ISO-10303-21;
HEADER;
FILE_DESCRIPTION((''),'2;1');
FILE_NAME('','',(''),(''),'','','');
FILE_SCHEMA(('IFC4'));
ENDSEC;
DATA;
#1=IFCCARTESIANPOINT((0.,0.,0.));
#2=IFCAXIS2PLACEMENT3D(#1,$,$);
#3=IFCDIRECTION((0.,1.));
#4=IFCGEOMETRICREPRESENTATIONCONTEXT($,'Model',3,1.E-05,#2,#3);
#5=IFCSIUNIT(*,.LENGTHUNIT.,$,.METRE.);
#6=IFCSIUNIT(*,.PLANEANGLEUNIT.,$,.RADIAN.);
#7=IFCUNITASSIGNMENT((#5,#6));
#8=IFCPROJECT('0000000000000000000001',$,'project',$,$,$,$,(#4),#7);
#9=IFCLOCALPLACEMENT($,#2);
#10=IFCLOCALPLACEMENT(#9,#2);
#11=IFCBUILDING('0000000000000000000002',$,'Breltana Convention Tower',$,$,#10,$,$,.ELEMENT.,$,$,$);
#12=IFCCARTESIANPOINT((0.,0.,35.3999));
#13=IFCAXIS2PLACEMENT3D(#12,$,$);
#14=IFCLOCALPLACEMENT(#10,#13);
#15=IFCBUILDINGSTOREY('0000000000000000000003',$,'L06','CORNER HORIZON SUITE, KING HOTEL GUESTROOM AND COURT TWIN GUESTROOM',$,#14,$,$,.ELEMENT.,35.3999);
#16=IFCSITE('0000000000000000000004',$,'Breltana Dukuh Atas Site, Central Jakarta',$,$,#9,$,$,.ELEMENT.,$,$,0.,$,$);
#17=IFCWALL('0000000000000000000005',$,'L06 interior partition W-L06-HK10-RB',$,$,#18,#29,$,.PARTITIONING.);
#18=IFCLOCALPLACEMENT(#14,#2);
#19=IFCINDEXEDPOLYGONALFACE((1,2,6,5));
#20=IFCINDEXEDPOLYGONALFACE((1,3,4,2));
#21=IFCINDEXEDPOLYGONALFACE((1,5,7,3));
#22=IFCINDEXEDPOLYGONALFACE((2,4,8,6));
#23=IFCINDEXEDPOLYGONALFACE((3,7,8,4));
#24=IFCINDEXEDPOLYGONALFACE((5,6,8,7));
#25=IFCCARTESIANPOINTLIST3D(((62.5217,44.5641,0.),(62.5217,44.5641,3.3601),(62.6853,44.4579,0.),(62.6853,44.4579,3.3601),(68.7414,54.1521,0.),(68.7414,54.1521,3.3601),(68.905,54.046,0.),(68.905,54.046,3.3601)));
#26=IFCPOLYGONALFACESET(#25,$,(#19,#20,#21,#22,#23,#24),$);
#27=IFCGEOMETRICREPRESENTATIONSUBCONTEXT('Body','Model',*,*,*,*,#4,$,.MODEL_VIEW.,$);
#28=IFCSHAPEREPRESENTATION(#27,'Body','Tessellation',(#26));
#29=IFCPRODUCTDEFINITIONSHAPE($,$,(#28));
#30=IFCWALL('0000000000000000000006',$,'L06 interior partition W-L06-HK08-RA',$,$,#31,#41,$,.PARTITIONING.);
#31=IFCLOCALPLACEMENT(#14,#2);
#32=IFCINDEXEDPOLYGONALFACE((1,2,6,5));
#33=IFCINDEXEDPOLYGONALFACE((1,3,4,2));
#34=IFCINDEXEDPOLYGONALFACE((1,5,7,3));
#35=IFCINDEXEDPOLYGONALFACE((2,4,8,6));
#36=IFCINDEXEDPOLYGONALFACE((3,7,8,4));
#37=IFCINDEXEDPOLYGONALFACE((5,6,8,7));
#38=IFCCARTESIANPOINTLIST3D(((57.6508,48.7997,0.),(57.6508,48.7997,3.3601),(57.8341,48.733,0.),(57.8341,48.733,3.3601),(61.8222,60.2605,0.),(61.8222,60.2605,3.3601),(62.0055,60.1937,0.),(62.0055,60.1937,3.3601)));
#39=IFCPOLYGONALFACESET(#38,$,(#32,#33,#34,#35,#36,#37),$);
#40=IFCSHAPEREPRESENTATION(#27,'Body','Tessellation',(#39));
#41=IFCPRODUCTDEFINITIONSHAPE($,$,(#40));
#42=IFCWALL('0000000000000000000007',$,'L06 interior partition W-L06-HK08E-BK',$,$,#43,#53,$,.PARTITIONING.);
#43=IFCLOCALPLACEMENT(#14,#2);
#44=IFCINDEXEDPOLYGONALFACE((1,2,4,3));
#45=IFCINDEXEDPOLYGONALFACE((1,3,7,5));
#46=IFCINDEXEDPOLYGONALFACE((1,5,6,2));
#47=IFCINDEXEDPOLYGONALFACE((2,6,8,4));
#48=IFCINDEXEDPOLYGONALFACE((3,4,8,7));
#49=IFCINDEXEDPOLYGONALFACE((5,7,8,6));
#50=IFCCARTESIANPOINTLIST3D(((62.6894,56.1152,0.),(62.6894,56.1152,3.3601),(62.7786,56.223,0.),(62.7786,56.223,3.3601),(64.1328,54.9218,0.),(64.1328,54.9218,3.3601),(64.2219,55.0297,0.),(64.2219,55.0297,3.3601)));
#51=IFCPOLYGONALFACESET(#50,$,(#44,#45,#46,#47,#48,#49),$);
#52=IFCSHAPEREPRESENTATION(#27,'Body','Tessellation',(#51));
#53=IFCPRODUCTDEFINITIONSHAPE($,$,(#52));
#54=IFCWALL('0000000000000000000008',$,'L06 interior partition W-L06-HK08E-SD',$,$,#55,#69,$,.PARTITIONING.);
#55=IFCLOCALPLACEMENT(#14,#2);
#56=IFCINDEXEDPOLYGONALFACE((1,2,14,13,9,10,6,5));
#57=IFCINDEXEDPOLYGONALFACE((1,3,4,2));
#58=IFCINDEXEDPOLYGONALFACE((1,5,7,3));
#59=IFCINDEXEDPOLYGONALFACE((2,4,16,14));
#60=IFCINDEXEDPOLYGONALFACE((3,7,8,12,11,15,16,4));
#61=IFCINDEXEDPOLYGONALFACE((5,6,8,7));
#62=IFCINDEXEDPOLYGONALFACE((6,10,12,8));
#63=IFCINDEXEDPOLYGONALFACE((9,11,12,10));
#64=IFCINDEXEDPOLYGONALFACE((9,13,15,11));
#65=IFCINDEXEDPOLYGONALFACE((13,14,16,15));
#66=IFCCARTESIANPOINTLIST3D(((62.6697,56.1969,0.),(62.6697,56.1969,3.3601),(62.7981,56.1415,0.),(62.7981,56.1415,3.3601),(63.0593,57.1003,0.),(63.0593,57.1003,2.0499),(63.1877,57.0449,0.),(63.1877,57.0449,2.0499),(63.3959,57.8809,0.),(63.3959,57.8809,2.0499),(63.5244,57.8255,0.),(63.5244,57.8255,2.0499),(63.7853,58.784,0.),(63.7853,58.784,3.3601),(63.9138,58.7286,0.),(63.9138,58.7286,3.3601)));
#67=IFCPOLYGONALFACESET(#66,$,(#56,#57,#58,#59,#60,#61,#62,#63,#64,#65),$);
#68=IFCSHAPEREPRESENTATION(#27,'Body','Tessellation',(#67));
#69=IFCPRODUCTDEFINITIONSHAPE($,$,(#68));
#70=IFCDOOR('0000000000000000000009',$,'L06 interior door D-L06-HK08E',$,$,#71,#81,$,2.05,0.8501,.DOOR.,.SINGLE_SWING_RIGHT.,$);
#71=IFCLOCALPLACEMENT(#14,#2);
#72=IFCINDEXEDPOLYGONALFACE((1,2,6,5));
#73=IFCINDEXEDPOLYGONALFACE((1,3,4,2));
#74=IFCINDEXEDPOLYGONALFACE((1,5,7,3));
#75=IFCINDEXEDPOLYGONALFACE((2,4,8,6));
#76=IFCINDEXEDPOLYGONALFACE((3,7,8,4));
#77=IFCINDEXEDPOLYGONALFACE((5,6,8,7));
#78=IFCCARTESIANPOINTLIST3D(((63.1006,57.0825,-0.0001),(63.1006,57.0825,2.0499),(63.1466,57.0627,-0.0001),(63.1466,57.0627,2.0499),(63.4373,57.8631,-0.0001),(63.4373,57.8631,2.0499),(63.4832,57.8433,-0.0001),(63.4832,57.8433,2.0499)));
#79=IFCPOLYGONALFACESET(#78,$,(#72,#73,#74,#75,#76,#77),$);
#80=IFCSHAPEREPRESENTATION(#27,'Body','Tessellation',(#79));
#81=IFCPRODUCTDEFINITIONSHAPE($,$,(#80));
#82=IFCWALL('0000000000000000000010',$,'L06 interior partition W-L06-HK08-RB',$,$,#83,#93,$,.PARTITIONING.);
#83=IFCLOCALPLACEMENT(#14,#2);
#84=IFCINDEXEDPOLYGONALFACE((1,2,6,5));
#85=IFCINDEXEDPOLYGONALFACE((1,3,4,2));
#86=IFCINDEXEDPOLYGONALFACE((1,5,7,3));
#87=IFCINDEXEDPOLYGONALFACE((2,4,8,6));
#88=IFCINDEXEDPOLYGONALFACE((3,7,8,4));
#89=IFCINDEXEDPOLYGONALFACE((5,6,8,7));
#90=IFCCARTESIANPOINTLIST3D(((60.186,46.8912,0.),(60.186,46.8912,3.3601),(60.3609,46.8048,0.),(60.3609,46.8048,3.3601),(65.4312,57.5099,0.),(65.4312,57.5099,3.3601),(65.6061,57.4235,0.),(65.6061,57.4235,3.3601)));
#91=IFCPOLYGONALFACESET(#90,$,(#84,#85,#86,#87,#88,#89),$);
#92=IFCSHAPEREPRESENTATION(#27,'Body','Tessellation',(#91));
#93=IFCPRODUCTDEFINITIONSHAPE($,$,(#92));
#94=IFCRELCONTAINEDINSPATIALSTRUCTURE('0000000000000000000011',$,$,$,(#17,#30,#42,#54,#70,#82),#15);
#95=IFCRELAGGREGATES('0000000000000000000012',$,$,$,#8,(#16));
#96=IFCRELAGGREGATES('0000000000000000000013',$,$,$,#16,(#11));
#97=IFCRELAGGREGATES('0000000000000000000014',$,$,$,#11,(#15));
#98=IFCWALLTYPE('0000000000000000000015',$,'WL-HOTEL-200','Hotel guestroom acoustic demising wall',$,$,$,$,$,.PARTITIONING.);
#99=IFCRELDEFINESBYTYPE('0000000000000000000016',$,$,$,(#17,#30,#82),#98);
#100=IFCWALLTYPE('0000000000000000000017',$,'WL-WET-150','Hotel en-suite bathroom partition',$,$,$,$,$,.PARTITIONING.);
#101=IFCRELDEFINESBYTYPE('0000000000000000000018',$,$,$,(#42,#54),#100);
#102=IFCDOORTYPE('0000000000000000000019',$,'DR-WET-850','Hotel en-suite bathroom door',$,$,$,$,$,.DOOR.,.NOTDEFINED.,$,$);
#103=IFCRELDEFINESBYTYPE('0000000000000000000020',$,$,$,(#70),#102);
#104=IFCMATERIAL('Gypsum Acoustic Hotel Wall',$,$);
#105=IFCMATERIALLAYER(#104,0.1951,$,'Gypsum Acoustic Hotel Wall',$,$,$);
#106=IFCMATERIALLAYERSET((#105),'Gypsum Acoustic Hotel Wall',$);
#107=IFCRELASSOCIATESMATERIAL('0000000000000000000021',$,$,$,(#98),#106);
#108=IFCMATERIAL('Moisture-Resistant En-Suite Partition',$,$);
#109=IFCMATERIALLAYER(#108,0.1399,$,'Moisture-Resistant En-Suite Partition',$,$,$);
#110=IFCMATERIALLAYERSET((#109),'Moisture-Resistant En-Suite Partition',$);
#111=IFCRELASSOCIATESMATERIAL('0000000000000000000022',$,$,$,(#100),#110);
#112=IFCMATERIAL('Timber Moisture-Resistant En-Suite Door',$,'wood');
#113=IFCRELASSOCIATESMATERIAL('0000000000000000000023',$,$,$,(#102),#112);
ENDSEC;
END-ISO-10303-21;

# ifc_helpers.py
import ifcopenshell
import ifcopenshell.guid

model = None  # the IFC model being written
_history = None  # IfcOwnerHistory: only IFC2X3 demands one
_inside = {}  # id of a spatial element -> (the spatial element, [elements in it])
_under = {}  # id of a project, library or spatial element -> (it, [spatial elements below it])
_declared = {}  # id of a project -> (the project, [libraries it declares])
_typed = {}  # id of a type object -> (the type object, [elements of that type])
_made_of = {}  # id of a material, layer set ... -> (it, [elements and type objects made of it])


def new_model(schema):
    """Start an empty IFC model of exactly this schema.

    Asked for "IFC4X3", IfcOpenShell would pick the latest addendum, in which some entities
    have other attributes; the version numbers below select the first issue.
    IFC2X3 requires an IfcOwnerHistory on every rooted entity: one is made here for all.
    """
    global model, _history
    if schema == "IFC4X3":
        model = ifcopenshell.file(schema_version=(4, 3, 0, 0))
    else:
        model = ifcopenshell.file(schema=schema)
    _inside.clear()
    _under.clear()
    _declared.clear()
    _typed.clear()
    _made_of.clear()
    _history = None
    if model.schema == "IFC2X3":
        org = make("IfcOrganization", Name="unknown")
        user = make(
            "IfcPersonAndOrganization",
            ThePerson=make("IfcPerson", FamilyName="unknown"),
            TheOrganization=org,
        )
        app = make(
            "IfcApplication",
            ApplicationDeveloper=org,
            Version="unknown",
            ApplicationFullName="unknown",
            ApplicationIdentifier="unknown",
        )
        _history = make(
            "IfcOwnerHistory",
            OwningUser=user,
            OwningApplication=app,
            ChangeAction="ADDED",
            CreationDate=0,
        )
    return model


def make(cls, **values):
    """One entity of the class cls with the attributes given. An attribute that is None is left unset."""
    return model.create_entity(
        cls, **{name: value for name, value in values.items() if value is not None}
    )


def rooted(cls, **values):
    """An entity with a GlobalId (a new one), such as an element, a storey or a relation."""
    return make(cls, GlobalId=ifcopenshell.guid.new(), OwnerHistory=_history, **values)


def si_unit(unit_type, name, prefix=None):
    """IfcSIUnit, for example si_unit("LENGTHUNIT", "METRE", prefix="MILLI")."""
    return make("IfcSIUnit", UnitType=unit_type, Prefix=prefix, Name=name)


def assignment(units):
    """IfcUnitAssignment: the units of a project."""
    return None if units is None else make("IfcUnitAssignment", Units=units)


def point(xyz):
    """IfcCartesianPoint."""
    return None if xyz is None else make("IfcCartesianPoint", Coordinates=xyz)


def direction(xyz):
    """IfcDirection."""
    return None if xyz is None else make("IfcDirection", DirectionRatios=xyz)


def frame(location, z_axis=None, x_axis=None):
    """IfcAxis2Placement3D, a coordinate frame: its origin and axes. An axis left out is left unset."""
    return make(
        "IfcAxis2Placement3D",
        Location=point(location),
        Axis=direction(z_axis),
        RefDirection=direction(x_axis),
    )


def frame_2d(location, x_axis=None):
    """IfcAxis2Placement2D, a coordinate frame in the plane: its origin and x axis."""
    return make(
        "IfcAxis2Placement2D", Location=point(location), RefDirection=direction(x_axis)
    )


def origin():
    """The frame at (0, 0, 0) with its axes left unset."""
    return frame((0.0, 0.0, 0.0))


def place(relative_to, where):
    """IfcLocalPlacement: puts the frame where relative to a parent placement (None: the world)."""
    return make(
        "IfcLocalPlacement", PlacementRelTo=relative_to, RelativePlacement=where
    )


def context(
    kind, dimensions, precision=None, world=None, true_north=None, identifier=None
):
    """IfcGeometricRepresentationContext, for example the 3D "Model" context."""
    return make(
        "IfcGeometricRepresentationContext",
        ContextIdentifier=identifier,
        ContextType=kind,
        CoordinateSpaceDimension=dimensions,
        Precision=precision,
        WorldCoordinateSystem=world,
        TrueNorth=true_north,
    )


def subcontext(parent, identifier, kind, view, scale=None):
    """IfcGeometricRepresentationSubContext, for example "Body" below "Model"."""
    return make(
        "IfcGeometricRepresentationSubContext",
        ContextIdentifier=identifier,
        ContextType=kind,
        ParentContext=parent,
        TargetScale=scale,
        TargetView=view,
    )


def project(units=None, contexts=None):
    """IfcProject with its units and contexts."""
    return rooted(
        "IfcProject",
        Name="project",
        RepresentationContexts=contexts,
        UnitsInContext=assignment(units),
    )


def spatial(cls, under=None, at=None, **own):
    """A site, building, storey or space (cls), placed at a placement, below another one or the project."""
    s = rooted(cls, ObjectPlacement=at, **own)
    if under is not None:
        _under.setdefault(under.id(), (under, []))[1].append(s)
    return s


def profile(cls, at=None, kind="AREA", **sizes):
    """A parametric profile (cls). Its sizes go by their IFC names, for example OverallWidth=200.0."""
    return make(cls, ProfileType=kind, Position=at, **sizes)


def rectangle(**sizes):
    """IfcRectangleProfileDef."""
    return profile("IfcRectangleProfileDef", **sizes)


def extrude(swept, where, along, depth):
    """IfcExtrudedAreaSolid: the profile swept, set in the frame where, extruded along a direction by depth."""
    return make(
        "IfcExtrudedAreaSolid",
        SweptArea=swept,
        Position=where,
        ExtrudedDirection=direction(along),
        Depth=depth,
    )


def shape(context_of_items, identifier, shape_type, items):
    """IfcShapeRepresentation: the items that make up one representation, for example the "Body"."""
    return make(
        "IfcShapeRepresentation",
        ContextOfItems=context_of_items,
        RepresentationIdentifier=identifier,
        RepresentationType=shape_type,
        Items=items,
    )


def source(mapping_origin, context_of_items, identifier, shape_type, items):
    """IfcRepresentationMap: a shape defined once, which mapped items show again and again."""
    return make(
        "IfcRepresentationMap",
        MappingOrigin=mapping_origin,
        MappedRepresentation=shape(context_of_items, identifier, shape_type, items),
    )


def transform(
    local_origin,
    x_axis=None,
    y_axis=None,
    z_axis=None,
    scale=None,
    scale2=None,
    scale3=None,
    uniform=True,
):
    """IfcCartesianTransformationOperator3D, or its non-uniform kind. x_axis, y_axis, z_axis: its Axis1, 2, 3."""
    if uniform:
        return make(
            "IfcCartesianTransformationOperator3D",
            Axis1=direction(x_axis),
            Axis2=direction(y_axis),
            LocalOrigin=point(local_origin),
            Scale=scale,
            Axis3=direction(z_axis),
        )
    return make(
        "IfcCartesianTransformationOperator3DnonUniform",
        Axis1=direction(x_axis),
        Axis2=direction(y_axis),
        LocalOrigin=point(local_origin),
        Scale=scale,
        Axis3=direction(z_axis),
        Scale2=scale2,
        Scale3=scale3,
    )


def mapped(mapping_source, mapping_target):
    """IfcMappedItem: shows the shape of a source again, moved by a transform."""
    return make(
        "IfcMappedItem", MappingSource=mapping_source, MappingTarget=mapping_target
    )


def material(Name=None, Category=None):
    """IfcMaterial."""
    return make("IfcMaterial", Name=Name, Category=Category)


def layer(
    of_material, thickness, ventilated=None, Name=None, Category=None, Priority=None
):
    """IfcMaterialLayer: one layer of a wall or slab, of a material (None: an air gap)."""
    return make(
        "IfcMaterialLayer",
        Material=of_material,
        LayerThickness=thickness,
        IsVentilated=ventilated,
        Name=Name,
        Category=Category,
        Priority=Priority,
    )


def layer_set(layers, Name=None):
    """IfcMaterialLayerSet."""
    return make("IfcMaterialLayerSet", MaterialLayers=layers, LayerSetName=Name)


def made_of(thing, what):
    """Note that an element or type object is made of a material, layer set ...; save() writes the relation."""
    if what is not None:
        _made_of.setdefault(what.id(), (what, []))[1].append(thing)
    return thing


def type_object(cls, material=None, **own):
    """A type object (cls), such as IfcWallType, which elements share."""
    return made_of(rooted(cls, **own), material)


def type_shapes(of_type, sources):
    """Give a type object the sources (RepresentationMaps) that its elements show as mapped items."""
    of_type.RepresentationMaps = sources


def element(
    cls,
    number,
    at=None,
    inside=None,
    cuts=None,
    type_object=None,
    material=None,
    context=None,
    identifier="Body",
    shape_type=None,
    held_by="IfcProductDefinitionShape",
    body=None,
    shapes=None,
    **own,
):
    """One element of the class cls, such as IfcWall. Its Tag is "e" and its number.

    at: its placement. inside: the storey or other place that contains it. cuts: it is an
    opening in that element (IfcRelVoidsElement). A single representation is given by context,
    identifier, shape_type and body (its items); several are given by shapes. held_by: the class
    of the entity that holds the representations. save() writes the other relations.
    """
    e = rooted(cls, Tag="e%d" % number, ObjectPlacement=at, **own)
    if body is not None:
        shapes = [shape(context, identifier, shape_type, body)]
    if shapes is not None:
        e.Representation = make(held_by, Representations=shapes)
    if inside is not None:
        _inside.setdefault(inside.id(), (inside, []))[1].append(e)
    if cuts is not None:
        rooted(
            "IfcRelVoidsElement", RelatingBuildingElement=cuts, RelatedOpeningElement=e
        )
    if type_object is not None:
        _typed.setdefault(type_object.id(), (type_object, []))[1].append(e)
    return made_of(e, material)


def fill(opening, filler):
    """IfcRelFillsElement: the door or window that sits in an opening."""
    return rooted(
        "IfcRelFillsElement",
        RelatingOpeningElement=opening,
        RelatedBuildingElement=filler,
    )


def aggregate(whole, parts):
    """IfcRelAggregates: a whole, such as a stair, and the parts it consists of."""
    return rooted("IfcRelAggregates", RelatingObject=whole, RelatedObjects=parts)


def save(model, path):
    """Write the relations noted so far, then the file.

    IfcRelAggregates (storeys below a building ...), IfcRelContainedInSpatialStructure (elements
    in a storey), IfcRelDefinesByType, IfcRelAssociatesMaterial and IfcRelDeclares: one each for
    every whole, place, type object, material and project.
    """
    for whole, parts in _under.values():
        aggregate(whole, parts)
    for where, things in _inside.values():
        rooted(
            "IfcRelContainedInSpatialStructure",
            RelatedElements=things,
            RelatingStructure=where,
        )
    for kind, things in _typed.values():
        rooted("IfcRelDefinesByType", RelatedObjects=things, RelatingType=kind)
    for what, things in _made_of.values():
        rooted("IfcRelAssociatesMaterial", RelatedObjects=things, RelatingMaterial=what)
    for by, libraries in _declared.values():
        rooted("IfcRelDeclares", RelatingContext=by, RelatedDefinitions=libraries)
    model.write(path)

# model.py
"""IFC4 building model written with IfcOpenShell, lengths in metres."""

from ifc_helpers import new_model, si_unit, direction, frame, frame_2d, origin, place, context, subcontext, project, spatial, rectangle, extrude, source, transform, mapped, material, layer, layer_set, type_object, type_shapes, element, fill, save


model = new_model("IFC4")

# Units and contexts
model_context = context("Model", 3, precision=1e-05, world=origin(), true_north=direction((0.0, 1.0)))
body_context = subcontext(model_context, "Body", "Model", "MODEL_VIEW")
ifc_project = project(units=[si_unit("LENGTHUNIT", "METRE"), si_unit("PLANEANGLEUNIT", "RADIAN")], contexts=[model_context])

# Site, building, storey
site_placement = place(None, origin())
site = spatial("IfcSite", under=ifc_project, at=site_placement, Name="Breltana Dukuh Atas Site, Central Jakarta", CompositionType="ELEMENT", RefElevation=0.0)
building_placement = place(site_placement, origin())
building = spatial("IfcBuilding", under=site, at=building_placement, Name="Breltana Convention Tower", CompositionType="ELEMENT")
storey_placement = place(building_placement, frame((0.0, 0.0, 35.3999)))
storey = spatial("IfcBuildingStorey", under=building, at=storey_placement, Name="L06", Description="CORNER HORIZON SUITE, KING HOTEL GUESTROOM AND COURT TWIN GUESTROOM", CompositionType="ELEMENT", Elevation=35.3999)

# Walls
ifc_material_1 = material(Name="Gypsum Acoustic Hotel Wall")
ifc_layer_1 = layer(ifc_material_1, 0.1951, Name="Gypsum Acoustic Hotel Wall")
ifc_layer_set_1 = layer_set([ifc_layer_1], Name="Gypsum Acoustic Hotel Wall")
wall_type_1 = type_object("IfcWallType", Name="WL-HOTEL-200", Description="Hotel guestroom acoustic demising wall", PredefinedType="PARTITIONING", material=ifc_layer_set_1)
shared_shape_1 = source(origin(), body_context, "Body", "SweptSolid", [
    extrude(rectangle(XDim=11.4287, YDim=0.1951, at=frame_2d((5.7144, 0.0))), origin(), (0.0, 0.0, 1.0), 3.3601),
])
wall_1_placement = place(storey_placement, frame((62.6035, 44.511, 0.0), z_axis=(0.0, 0.0, 1.0), x_axis=(0.544215, 0.838945, 0.0)))
element("IfcWall", 1, at=wall_1_placement, inside=storey, type_object=wall_type_1, Name="L06 interior partition W-L06-HK10-RB", PredefinedType="PARTITIONING", context=body_context, shape_type="MappedRepresentation", body=[
    mapped(shared_shape_1, transform((0.0, 0.0, 0.0), scale=1.0)),
])
shared_shape_2 = source(origin(), body_context, "Body", "SweptSolid", [
    extrude(rectangle(XDim=12.1963, YDim=0.1951, at=frame_2d((6.0981, 0.0))), origin(), (0.0, 0.0, 1.0), 3.3601),
])
wall_2_placement = place(storey_placement, frame((57.7424, 48.7664, 0.0), z_axis=(0.0, 0.0, 1.0), x_axis=(0.342023, 0.939692, 0.0)))
element("IfcWall", 2, at=wall_2_placement, inside=storey, type_object=wall_type_1, Name="L06 interior partition W-L06-HK08-RA", PredefinedType="PARTITIONING", context=body_context, shape_type="MappedRepresentation", body=[
    mapped(shared_shape_2, transform((0.0, 0.0, 0.0), scale=1.0)),
])
ifc_material_2 = material(Name="Moisture-Resistant En-Suite Partition")
ifc_layer_2 = layer(ifc_material_2, 0.1399, Name="Moisture-Resistant En-Suite Partition")
ifc_layer_set_2 = layer_set([ifc_layer_2], Name="Moisture-Resistant En-Suite Partition")
wall_type_2 = type_object("IfcWallType", Name="WL-WET-150", Description="Hotel en-suite bathroom partition", PredefinedType="PARTITIONING", material=ifc_layer_set_2)
shared_shape_3 = source(origin(), body_context, "Body", "SweptSolid", [
    extrude(rectangle(XDim=1.8728, YDim=0.1399, at=frame_2d((0.9365, 0.0))), origin(), (0.0, 0.0, 1.0), 3.3601),
])
wall_3_placement = place(storey_placement, frame((62.7339, 56.1692, 0.0), z_axis=(0.0, 0.0, 1.0), x_axis=(0.770695, -0.637205, 0.0)))
element("IfcWall", 3, at=wall_3_placement, inside=storey, type_object=wall_type_2, Name="L06 interior partition W-L06-HK08E-BK", PredefinedType="PARTITIONING", context=body_context, shape_type="MappedRepresentation", body=[
    mapped(shared_shape_3, transform((0.0, 0.0, 0.0), scale=1.0)),
])

# Wall, opening, door
shared_shape_4 = source(origin(), body_context, "Body", "SweptSolid", [
    extrude(rectangle(XDim=2.8174, YDim=0.1399, at=frame_2d((1.4087, 0.0))), origin(), (0.0, 0.0, 1.0), 3.3601),
])
wall_4_placement = place(storey_placement, frame((62.7339, 56.1692, 0.0), z_axis=(0.0, 0.0, 1.0), x_axis=(0.395999, 0.918251, 0.0)))
wall_4 = element("IfcWall", 4, at=wall_4_placement, inside=storey, type_object=wall_type_2, Name="L06 interior partition W-L06-HK08E-SD", PredefinedType="PARTITIONING", context=body_context, shape_type="MappedRepresentation", body=[
    mapped(shared_shape_4, transform((0.0, 0.0, 0.0), scale=1.0)),
])
opening_placement = place(wall_4_placement, frame((0.9839, 0.0, 0.0)))
opening = element("IfcOpeningElement", 5, at=opening_placement, cuts=wall_4, PredefinedType="OPENING", context=body_context, shape_type="SweptSolid", body=[
    extrude(rectangle(XDim=0.8501, YDim=2.05, at=frame_2d((0.425, 1.0249))), frame((0.0, 0.0801, 0.0), z_axis=(0.0, -1.0, 0.0), x_axis=(1.0, 0.0, 0.0)), (0.0, 0.0, 1.0), 0.1599),
])
ifc_material_3 = material(Name="Timber Moisture-Resistant En-Suite Door", Category="wood")
door_type = type_object("IfcDoorType", Name="DR-WET-850", Description="Hotel en-suite bathroom door", OperationType="NOTDEFINED", PredefinedType="DOOR", material=ifc_material_3)
shared_shape_5 = source(origin(), body_context, "Body", "SweptSolid", [
    extrude(rectangle(XDim=0.8501, YDim=2.05, at=frame_2d((0.425, 1.0249))), frame((0.0, 0.0249, 0.0), z_axis=(0.0, -1.0, 0.0), x_axis=(1.0, 0.0, 0.0)), (0.0, 0.0, 1.0), 0.05),
])
type_shapes(door_type, [shared_shape_5])
door_placement = place(opening_placement, origin())
door = element("IfcDoor", 6, at=door_placement, inside=storey, type_object=door_type, Name="L06 interior door D-L06-HK08E", OperationType="SINGLE_SWING_RIGHT", OverallHeight=2.05, OverallWidth=0.8501, PredefinedType="DOOR", context=body_context, shape_type="MappedRepresentation", body=[
    mapped(shared_shape_5, transform((0.0, 0.0, 0.0), scale=1.0)),
])
fill(opening, door)

# Wall
shared_shape_6 = source(origin(), body_context, "Body", "SweptSolid", [
    extrude(rectangle(XDim=11.8435, YDim=0.1951, at=frame_2d((5.9219, 0.0))), origin(), (0.0, 0.0, 1.0), 3.3601),
])
wall_5_placement = place(storey_placement, frame((60.2734, 46.8479, 0.0), z_axis=(0.0, 0.0, 1.0), x_axis=(0.442871, 0.896585, 0.0)))
element("IfcWall", 7, at=wall_5_placement, inside=storey, type_object=wall_type_1, Name="L06 interior partition W-L06-HK08-RB", PredefinedType="PARTITIONING", context=body_context, shape_type="MappedRepresentation", body=[
    mapped(shared_shape_6, transform((0.0, 0.0, 0.0), scale=1.0)),
])

save(model, "model.ifc")
